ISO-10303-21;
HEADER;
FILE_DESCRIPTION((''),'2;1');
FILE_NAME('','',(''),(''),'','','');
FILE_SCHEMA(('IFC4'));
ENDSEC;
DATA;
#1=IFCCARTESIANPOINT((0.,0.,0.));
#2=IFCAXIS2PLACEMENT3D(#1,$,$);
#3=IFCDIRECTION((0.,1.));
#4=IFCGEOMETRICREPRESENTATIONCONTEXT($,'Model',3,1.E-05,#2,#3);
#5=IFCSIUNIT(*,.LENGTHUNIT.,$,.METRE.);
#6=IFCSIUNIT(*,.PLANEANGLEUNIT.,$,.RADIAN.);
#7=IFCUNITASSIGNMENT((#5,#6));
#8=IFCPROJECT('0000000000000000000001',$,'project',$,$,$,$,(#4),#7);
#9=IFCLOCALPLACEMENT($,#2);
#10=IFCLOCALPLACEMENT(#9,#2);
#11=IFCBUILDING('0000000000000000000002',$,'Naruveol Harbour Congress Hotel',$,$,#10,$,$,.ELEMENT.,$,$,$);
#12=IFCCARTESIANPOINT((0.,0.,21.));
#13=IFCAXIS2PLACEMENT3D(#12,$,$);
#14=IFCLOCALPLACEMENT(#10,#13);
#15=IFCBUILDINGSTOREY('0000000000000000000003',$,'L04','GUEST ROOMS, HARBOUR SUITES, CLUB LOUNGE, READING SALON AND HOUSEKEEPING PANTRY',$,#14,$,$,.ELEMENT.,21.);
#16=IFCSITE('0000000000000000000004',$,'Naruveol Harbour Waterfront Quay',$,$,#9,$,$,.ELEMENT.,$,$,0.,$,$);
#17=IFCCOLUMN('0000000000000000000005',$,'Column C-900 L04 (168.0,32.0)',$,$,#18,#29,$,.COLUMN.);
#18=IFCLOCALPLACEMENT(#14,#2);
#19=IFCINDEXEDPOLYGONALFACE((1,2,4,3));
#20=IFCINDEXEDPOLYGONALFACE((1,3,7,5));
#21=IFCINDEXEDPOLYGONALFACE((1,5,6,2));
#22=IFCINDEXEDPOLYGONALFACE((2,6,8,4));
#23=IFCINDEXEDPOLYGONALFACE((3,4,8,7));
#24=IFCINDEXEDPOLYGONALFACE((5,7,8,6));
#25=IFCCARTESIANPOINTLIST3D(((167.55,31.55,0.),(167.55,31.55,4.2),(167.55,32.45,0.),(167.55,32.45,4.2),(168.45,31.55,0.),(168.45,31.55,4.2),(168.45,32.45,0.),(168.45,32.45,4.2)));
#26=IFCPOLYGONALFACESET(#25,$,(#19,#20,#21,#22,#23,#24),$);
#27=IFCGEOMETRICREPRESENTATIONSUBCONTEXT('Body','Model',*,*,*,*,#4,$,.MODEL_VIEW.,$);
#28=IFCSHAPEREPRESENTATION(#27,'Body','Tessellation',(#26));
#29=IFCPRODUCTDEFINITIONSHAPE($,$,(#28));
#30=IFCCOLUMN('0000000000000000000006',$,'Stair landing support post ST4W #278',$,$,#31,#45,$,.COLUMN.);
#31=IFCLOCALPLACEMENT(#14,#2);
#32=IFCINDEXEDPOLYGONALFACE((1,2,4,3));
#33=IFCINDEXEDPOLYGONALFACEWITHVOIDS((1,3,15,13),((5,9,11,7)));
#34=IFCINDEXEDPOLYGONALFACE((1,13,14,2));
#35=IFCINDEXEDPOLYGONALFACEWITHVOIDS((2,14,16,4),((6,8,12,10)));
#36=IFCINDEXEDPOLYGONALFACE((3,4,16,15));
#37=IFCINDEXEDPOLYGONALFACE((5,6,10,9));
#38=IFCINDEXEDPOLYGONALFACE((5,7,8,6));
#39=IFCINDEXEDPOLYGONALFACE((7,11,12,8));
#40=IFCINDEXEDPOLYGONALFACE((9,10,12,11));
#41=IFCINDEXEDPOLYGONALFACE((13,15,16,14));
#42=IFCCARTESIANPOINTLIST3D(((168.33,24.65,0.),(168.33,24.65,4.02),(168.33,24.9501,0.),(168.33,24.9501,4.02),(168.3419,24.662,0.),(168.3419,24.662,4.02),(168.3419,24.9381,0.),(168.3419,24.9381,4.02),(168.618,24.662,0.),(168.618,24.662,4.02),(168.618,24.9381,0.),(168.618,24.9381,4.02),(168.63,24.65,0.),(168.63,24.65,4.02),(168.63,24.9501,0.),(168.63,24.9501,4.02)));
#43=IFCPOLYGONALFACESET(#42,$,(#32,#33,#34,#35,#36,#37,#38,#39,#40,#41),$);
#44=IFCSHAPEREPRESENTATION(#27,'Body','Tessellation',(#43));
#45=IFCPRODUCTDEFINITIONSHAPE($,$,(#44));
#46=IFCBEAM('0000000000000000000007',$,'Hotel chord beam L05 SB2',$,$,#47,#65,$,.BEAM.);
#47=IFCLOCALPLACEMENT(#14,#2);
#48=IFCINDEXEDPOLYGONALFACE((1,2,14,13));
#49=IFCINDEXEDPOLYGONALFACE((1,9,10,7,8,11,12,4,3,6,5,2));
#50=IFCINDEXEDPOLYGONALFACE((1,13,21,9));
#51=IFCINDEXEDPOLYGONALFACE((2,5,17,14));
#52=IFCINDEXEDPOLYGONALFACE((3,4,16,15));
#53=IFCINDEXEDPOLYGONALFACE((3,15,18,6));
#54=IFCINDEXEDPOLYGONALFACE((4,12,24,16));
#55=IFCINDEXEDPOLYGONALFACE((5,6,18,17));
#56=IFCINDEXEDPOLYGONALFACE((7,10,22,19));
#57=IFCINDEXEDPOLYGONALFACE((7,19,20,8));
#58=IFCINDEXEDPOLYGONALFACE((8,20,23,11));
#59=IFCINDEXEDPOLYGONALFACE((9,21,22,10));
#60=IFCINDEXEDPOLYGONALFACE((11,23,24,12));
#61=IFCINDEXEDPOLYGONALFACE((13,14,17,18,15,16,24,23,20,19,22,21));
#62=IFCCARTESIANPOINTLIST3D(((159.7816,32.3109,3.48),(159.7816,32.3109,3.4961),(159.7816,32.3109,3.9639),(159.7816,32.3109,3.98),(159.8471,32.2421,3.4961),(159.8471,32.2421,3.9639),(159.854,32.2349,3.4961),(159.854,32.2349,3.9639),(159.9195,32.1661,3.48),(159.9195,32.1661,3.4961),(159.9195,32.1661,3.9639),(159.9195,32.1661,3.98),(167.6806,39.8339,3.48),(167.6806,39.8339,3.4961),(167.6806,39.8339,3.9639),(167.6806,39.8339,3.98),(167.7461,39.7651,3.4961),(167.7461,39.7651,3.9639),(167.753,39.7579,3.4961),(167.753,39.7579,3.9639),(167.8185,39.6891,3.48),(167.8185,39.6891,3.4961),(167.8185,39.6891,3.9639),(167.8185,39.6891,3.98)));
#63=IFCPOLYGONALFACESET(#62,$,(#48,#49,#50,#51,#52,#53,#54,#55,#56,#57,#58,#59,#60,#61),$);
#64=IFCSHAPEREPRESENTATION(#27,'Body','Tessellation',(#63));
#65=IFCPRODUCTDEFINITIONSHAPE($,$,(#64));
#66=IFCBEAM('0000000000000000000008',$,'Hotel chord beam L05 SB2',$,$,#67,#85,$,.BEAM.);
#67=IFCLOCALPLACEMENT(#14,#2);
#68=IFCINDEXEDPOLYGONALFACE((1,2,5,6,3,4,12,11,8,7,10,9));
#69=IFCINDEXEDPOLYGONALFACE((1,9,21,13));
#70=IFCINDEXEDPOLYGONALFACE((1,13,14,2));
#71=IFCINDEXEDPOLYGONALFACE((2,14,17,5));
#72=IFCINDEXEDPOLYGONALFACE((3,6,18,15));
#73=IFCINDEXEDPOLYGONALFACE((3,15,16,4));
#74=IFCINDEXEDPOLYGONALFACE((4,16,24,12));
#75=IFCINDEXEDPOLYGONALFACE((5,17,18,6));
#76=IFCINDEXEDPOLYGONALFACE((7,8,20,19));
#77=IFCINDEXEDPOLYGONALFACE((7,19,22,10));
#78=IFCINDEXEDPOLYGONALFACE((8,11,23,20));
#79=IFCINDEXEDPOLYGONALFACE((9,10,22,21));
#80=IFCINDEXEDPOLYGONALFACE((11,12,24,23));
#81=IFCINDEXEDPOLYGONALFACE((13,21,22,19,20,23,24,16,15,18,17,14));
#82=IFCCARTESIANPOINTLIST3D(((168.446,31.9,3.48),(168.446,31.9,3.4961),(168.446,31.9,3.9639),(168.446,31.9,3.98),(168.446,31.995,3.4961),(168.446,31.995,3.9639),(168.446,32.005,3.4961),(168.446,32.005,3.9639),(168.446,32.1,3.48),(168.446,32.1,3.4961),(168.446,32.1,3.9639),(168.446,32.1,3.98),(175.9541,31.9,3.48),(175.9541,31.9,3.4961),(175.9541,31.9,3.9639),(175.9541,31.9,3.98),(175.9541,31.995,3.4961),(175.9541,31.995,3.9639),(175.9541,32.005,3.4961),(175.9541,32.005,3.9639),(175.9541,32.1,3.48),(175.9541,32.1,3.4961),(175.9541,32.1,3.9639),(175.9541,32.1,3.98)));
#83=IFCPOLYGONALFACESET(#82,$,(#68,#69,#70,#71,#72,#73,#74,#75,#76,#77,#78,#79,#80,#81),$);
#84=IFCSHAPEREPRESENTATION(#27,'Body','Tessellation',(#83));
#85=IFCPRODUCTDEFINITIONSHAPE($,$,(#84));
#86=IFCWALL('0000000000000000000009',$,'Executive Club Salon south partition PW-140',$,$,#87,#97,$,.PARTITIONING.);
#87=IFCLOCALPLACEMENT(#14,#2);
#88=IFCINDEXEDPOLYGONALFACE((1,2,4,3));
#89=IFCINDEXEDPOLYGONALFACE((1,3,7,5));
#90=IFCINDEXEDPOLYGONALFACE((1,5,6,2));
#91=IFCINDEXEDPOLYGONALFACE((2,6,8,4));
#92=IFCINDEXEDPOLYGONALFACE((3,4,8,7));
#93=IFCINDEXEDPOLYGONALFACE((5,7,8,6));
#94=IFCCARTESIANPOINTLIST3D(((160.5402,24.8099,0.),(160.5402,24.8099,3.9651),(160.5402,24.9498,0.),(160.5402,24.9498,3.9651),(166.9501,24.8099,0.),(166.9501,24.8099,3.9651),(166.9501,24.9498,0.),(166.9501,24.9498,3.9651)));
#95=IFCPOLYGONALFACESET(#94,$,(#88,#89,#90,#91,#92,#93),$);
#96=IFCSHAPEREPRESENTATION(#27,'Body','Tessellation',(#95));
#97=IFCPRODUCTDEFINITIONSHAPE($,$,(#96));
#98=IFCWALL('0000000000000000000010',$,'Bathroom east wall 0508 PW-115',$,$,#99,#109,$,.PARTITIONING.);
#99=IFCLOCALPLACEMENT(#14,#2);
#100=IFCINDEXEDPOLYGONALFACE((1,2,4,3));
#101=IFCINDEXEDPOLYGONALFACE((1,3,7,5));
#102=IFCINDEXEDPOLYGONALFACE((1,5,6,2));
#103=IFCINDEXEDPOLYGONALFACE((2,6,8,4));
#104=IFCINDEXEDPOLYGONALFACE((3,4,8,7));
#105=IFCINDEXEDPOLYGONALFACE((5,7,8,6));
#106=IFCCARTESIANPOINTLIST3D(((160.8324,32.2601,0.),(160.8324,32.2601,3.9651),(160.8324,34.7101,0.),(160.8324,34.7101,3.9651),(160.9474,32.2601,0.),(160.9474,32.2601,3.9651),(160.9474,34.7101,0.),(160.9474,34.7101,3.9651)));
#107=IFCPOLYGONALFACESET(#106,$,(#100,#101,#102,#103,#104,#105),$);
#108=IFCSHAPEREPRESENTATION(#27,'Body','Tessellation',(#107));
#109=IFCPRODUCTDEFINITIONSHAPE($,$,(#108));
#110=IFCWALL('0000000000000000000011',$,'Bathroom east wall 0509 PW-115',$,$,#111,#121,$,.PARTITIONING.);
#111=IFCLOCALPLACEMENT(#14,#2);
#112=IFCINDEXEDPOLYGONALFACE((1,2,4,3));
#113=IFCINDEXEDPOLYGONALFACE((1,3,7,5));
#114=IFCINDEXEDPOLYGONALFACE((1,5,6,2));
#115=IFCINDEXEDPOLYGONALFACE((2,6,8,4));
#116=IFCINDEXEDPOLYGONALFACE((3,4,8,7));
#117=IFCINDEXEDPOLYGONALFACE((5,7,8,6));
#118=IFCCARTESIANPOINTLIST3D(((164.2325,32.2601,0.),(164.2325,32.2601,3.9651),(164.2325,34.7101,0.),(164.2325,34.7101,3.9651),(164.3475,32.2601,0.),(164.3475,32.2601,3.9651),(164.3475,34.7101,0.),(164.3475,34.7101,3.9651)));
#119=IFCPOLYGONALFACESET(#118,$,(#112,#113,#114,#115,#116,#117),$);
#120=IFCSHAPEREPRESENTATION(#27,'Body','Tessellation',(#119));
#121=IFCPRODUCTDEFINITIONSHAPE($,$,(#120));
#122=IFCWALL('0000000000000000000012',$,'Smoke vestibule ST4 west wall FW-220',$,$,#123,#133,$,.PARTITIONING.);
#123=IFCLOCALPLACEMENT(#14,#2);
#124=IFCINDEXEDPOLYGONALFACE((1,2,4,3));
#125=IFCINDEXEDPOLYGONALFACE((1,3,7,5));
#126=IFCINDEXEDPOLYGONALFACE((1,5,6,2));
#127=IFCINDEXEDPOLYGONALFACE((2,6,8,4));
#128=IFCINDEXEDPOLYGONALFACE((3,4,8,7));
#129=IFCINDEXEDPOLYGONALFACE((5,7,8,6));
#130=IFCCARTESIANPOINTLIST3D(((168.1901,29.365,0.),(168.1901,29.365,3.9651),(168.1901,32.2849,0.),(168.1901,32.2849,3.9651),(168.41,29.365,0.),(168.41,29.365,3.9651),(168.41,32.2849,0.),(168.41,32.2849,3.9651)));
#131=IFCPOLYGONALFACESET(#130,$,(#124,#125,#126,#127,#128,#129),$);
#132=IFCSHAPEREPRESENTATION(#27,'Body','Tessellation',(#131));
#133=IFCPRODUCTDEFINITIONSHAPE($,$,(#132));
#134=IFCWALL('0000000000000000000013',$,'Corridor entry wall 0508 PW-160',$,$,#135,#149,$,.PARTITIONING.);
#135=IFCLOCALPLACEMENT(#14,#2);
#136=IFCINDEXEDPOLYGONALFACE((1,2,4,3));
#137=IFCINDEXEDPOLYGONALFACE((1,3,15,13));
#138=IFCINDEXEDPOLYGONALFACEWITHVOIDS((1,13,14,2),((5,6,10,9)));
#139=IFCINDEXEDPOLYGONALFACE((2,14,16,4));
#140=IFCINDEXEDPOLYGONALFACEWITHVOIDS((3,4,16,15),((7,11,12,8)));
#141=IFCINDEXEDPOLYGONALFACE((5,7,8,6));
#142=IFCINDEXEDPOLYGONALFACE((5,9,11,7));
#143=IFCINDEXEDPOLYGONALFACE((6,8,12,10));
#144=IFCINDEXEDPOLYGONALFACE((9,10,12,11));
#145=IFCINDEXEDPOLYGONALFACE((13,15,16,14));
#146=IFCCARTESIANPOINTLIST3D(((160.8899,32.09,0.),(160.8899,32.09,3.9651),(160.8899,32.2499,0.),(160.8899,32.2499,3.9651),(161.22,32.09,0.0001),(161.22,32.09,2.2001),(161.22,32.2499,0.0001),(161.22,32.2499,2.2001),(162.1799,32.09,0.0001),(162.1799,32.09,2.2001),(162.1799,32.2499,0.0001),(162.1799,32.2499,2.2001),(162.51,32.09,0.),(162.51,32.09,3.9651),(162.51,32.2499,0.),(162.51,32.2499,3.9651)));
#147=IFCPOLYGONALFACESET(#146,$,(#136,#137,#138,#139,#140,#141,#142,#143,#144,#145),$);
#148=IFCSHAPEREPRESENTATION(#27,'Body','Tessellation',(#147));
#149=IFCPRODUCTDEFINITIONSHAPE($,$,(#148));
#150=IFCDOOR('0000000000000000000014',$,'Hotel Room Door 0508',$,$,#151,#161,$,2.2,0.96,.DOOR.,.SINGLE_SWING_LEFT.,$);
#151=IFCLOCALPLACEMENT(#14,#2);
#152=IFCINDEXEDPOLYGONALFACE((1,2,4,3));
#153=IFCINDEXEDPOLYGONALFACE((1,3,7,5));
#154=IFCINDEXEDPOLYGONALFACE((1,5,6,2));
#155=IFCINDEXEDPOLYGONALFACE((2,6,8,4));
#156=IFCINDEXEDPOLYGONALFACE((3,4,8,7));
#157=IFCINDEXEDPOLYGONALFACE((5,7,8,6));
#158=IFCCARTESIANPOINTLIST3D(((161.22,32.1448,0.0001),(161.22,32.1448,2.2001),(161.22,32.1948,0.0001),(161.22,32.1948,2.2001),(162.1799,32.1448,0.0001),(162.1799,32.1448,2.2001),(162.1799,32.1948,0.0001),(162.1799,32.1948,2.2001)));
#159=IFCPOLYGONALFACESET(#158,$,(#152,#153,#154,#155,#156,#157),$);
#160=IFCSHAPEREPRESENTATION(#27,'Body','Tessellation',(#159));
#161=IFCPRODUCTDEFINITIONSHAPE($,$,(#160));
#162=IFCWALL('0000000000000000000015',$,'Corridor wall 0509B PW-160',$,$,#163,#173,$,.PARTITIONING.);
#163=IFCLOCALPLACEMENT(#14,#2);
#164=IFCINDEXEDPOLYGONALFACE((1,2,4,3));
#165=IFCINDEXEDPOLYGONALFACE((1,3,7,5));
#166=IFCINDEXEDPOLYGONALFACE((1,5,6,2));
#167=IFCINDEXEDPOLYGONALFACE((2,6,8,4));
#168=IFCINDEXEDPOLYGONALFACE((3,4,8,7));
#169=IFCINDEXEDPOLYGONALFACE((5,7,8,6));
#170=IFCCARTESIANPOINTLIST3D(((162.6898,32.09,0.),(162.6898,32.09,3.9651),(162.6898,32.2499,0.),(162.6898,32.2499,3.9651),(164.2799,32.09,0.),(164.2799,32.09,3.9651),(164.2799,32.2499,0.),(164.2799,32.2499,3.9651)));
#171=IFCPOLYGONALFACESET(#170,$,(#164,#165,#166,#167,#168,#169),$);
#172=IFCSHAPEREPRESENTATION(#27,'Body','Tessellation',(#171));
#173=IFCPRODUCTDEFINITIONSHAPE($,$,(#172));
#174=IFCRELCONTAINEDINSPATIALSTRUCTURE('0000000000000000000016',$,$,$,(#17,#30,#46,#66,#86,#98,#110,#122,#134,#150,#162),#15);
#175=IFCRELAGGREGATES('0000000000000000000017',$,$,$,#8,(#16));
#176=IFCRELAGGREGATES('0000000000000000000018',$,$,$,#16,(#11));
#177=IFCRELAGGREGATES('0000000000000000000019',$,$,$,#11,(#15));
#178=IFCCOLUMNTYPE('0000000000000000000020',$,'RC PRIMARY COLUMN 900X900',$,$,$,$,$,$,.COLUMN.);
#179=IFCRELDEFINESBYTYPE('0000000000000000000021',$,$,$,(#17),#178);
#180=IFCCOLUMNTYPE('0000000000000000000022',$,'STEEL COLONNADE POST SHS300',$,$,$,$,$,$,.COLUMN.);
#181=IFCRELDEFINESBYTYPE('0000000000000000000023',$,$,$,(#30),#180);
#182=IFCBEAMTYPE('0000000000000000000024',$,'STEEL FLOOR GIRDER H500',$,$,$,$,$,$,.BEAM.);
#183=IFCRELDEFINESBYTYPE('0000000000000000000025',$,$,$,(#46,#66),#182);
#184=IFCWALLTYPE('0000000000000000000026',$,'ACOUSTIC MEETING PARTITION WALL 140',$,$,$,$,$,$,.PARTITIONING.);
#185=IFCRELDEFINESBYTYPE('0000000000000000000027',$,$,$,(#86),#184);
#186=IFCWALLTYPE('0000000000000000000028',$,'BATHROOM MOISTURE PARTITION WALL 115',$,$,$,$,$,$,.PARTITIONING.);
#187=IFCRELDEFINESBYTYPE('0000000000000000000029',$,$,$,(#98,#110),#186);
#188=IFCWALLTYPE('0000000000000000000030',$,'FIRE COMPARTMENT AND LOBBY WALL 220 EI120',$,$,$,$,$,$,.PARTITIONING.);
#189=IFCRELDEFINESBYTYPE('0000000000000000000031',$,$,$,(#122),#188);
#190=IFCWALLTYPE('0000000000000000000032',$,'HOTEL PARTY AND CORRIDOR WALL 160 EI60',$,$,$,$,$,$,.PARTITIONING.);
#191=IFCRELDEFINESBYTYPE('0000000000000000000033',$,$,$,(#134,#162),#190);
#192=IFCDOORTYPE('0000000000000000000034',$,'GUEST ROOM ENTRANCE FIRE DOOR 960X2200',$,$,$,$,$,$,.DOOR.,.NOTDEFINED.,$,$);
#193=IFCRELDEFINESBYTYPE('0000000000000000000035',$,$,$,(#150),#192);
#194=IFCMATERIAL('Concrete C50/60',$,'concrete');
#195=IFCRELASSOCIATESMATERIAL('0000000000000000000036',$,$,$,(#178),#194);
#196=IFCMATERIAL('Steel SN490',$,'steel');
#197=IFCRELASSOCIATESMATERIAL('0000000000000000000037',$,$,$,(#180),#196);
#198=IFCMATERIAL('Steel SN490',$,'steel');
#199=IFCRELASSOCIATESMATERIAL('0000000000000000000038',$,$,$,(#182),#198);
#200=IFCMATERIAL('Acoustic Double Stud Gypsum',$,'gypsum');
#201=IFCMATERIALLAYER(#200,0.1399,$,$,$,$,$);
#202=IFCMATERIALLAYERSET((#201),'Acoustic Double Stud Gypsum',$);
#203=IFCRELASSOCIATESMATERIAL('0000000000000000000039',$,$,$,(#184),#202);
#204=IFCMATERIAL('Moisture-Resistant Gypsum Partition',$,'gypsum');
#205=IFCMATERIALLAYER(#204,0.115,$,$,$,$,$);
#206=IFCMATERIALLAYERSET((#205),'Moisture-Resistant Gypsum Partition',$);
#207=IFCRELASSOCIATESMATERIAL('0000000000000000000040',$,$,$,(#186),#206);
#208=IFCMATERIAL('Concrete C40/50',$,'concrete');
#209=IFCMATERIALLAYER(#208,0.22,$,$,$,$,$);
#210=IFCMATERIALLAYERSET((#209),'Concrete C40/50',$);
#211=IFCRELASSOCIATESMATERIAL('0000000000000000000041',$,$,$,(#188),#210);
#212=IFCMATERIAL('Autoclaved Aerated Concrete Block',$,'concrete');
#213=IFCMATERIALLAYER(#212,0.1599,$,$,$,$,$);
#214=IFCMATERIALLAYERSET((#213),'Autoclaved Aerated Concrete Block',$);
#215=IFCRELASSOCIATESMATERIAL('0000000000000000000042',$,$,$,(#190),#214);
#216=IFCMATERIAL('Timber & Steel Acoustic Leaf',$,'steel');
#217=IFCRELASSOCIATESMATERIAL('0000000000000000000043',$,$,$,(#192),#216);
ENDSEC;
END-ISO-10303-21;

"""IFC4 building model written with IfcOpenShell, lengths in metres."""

from ifc_helpers import new_model, si_unit, direction, frame, frame_2d, origin, origin_2d, place, context, subcontext, project, spatial, rectangle, hollow_rectangle, i_section, extrude, material, layer, layer_set, material_profile, profile_set, type_object, element, fill, save


model = new_model("IFC4")

# Units and contexts
model_context = context("Model", 3, precision=1e-05, world=origin(), true_north=direction((0.0, 1.0)))
body_context = subcontext(model_context, "Body", "Model", "MODEL_VIEW")
ifc_project = project(units=[si_unit("LENGTHUNIT", "METRE"), si_unit("PLANEANGLEUNIT", "RADIAN")], contexts=[model_context])

# Site, building, storey
site_placement = place(None, origin())
site = spatial("IfcSite", under=ifc_project, at=site_placement, Name="Naruveol Harbour Waterfront Quay", CompositionType="ELEMENT", RefElevation=0.0)
building_placement = place(site_placement, origin())
building = spatial("IfcBuilding", under=site, at=building_placement, Name="Naruveol Harbour Congress Hotel", CompositionType="ELEMENT")
storey_placement = place(building_placement, frame((0.0, 0.0, 21.0)))
storey = spatial("IfcBuildingStorey", under=building, at=storey_placement, Name="L04", Description="GUEST ROOMS, HARBOUR SUITES, CLUB LOUNGE, READING SALON AND HOUSEKEEPING PANTRY", CompositionType="ELEMENT", Elevation=21.0)

# Columns
ifc_material_1 = material(Name="Concrete C50/60", Category="concrete")
ifc_material_profile_1 = material_profile(ifc_material_1, rectangle(XDim=0.8999, YDim=0.8999, at=origin_2d()), Name="RC-900x900")
ifc_profile_set_1 = profile_set([ifc_material_profile_1], Name="Concrete C50/60")
column_type_1 = type_object("IfcColumnType", Name="RC PRIMARY COLUMN 900X900", PredefinedType="COLUMN", material=ifc_profile_set_1)
column_1_placement = place(storey_placement, frame((168.0, 32.0, 0.0), z_axis=(0.0, 0.0, 1.0), x_axis=(1.0, 0.0, 0.0)))
element("IfcColumn", 1, at=column_1_placement, inside=storey, type_object=column_type_1, Name="Column C-900 L04 (168.0,32.0)", PredefinedType="COLUMN", context=body_context, shape_type="SweptSolid", body=[
    extrude(rectangle(XDim=0.8999, YDim=0.8999, at=origin_2d()), origin(), (0.0, 0.0, 1.0), 4.2),
])
ifc_material_2 = material(Name="Steel SN490", Category="steel")
ifc_material_profile_2 = material_profile(ifc_material_2, hollow_rectangle(XDim=0.3, YDim=0.3, WallThickness=0.012, at=origin_2d()), Name="SHS-300x300x12")
ifc_profile_set_2 = profile_set([ifc_material_profile_2], Name="Steel SN490")
column_type_2 = type_object("IfcColumnType", Name="STEEL COLONNADE POST SHS300", PredefinedType="COLUMN", material=ifc_profile_set_2)
column_2_placement = place(storey_placement, frame((168.48, 24.8, 0.0), z_axis=(0.0, 0.0, 1.0), x_axis=(1.0, 0.0, 0.0)))
element("IfcColumn", 2, at=column_2_placement, inside=storey, type_object=column_type_2, Name="Stair landing support post ST4W #278", PredefinedType="COLUMN", context=body_context, shape_type="SweptSolid", body=[
    extrude(hollow_rectangle(XDim=0.3, YDim=0.3, WallThickness=0.012, at=origin_2d()), origin(), (0.0, 0.0, 1.0), 4.02),
])

# Beams
ifc_material_3 = material(Name="Steel SN490", Category="steel")
ifc_material_profile_3 = material_profile(ifc_material_3, i_section(OverallWidth=0.2, OverallDepth=0.5, WebThickness=0.01, FlangeThickness=0.0161, at=origin_2d()), Name="H-500x200x10x16")
ifc_profile_set_3 = profile_set([ifc_material_profile_3], Name="Steel SN490")
beam_type = type_object("IfcBeamType", Name="STEEL FLOOR GIRDER H500", PredefinedType="BEAM", material=ifc_profile_set_3)
beam_1_placement = place(storey_placement, frame((159.8506, 32.2385, 3.73), z_axis=(0.72413, 0.689663, 0.0), x_axis=(-0.689663, 0.72413, 0.0)))
element("IfcBeam", 3, at=beam_1_placement, inside=storey, type_object=beam_type, Name="Hotel chord beam L05 SB2", PredefinedType="BEAM", context=body_context, shape_type="SweptSolid", body=[
    extrude(i_section(OverallWidth=0.2, OverallDepth=0.5, WebThickness=0.01, FlangeThickness=0.0161, at=origin_2d()), origin(), (0.0, 0.0, 1.0), 10.9082),
])
beam_2_placement = place(storey_placement, frame((168.446, 32.0, 3.73), z_axis=(1.0, 0.0, 0.0), x_axis=(0.0, 1.0, 0.0)))
element("IfcBeam", 4, at=beam_2_placement, inside=storey, type_object=beam_type, Name="Hotel chord beam L05 SB2", PredefinedType="BEAM", context=body_context, shape_type="SweptSolid", body=[
    extrude(i_section(OverallWidth=0.2, OverallDepth=0.5, WebThickness=0.01, FlangeThickness=0.0161, at=origin_2d()), origin(), (0.0, 0.0, 1.0), 7.5081),
])

# Shared definitions
ifc_material_4 = material(Name="Acoustic Double Stud Gypsum", Category="gypsum")
ifc_layer_1 = layer(ifc_material_4, 0.1399)
ifc_layer_set_1 = layer_set([ifc_layer_1], Name="Acoustic Double Stud Gypsum")
wall_type_1 = type_object("IfcWallType", Name="ACOUSTIC MEETING PARTITION WALL 140", PredefinedType="PARTITIONING", material=ifc_layer_set_1)

# Walls
wall_1_placement = place(storey_placement, frame((160.54, 24.8799, 0.0), z_axis=(0.0, 0.0, 1.0), x_axis=(1.0, 0.0, 0.0)))
element("IfcWall", 5, at=wall_1_placement, inside=storey, type_object=wall_type_1, Name="Executive Club Salon south partition PW-140", PredefinedType="PARTITIONING", context=body_context, shape_type="SweptSolid", body=[
    extrude(rectangle(XDim=6.4099, YDim=0.1399, at=frame_2d((3.2051, 0.0))), origin(), (0.0, 0.0, 1.0), 3.9651),
])
ifc_material_5 = material(Name="Moisture-Resistant Gypsum Partition", Category="gypsum")
ifc_layer_2 = layer(ifc_material_5, 0.115)
ifc_layer_set_2 = layer_set([ifc_layer_2], Name="Moisture-Resistant Gypsum Partition")
wall_type_2 = type_object("IfcWallType", Name="BATHROOM MOISTURE PARTITION WALL 115", PredefinedType="PARTITIONING", material=ifc_layer_set_2)
for number, where, z_axis, x_axis, name in (
    (6, (160.8899, 32.26, 0.0), (0.0, 0.0, 1.0), (0.0, 1.0, 0.0), "Bathroom east wall 0508 PW-115"),
    (7, (164.29, 32.26, 0.0), (0.0, 0.0, 1.0), (0.0, 1.0, 0.0), "Bathroom east wall 0509 PW-115"),
):
    element("IfcWall", number, at=place(storey_placement, frame(where, z_axis=z_axis, x_axis=x_axis)), inside=storey, type_object=wall_type_2, Name=name, PredefinedType="PARTITIONING", context=body_context, shape_type="SweptSolid", body=[
        extrude(rectangle(XDim=2.45, YDim=0.115, at=frame_2d((1.2251, 0.0))), origin(), (0.0, 0.0, 1.0), 3.9651),
    ])
ifc_material_6 = material(Name="Concrete C40/50", Category="concrete")
ifc_layer_3 = layer(ifc_material_6, 0.22)
ifc_layer_set_3 = layer_set([ifc_layer_3], Name="Concrete C40/50")
wall_type_3 = type_object("IfcWallType", Name="FIRE COMPARTMENT AND LOBBY WALL 220 EI120", PredefinedType="PARTITIONING", material=ifc_layer_set_3)
wall_2_placement = place(storey_placement, frame((168.3, 29.365, 0.0), z_axis=(0.0, 0.0, 1.0), x_axis=(0.0, 1.0, 0.0)))
element("IfcWall", 8, at=wall_2_placement, inside=storey, type_object=wall_type_3, Name="Smoke vestibule ST4 west wall FW-220", PredefinedType="PARTITIONING", context=body_context, shape_type="SweptSolid", body=[
    extrude(rectangle(XDim=2.9199, YDim=0.22, at=frame_2d((1.46, 0.0))), origin(), (0.0, 0.0, 1.0), 3.9651),
])

# Wall, opening, door
ifc_material_7 = material(Name="Autoclaved Aerated Concrete Block", Category="concrete")
ifc_layer_4 = layer(ifc_material_7, 0.1599)
ifc_layer_set_4 = layer_set([ifc_layer_4], Name="Autoclaved Aerated Concrete Block")
wall_type_4 = type_object("IfcWallType", Name="HOTEL PARTY AND CORRIDOR WALL 160 EI60", PredefinedType="PARTITIONING", material=ifc_layer_set_4)
wall_3_placement = place(storey_placement, frame((160.8899, 32.1699, 0.0), z_axis=(0.0, 0.0, 1.0), x_axis=(1.0, 0.0, 0.0)))
wall_3 = element("IfcWall", 9, at=wall_3_placement, inside=storey, type_object=wall_type_4, Name="Corridor entry wall 0508 PW-160", PredefinedType="PARTITIONING", context=body_context, shape_type="SweptSolid", body=[
    extrude(rectangle(XDim=1.6201, YDim=0.1599, at=frame_2d((0.8101, 0.0))), origin(), (0.0, 0.0, 1.0), 3.9651),
])
opening_1_placement = place(wall_3_placement, frame((0.3301, 0.0, 0.0)))
opening_1 = element("IfcOpeningElement", 10, at=opening_1_placement, cuts=wall_3, PredefinedType="OPENING", context=body_context, shape_type="SweptSolid", body=[
    extrude(rectangle(XDim=0.96, YDim=2.2, at=frame_2d((0.48, 1.1001))), frame((0.0, 0.0898, 0.0), z_axis=(0.0, -1.0, 0.0), x_axis=(1.0, 0.0, 0.0)), (0.0, 0.0, 1.0), 0.1799),
])
ifc_material_8 = material(Name="Timber & Steel Acoustic Leaf", Category="steel")
door_type_1 = type_object("IfcDoorType", Name="GUEST ROOM ENTRANCE FIRE DOOR 960X2200", OperationType="NOTDEFINED", PredefinedType="DOOR", material=ifc_material_8)
door_1_placement = place(opening_1_placement, origin())
door_1 = element("IfcDoor", 11, at=door_1_placement, inside=storey, type_object=door_type_1, Name="Hotel Room Door 0508", OperationType="SINGLE_SWING_LEFT", OverallHeight=2.2, OverallWidth=0.96, PredefinedType="DOOR", context=body_context, shape_type="SweptSolid", body=[
    extrude(rectangle(XDim=0.96, YDim=2.2, at=frame_2d((0.48, 1.1001))), frame((0.0, 0.0249, 0.0), z_axis=(0.0, -1.0, 0.0), x_axis=(1.0, 0.0, 0.0)), (0.0, 0.0, 1.0), 0.05),
])
fill(opening_1, door_1)

# Wall
wall_4_placement = place(storey_placement, frame((162.6899, 32.1699, 0.0), z_axis=(0.0, 0.0, 1.0), x_axis=(1.0, 0.0, 0.0)))
element("IfcWall", 12, at=wall_4_placement, inside=storey, type_object=wall_type_4, Name="Corridor wall 0509B PW-160", PredefinedType="PARTITIONING", context=body_context, shape_type="SweptSolid", body=[
    extrude(rectangle(XDim=1.5901, YDim=0.1599, at=frame_2d((0.7949, 0.0))), origin(), (0.0, 0.0, 1.0), 3.9651),
])

save(model, "model.ifc")
